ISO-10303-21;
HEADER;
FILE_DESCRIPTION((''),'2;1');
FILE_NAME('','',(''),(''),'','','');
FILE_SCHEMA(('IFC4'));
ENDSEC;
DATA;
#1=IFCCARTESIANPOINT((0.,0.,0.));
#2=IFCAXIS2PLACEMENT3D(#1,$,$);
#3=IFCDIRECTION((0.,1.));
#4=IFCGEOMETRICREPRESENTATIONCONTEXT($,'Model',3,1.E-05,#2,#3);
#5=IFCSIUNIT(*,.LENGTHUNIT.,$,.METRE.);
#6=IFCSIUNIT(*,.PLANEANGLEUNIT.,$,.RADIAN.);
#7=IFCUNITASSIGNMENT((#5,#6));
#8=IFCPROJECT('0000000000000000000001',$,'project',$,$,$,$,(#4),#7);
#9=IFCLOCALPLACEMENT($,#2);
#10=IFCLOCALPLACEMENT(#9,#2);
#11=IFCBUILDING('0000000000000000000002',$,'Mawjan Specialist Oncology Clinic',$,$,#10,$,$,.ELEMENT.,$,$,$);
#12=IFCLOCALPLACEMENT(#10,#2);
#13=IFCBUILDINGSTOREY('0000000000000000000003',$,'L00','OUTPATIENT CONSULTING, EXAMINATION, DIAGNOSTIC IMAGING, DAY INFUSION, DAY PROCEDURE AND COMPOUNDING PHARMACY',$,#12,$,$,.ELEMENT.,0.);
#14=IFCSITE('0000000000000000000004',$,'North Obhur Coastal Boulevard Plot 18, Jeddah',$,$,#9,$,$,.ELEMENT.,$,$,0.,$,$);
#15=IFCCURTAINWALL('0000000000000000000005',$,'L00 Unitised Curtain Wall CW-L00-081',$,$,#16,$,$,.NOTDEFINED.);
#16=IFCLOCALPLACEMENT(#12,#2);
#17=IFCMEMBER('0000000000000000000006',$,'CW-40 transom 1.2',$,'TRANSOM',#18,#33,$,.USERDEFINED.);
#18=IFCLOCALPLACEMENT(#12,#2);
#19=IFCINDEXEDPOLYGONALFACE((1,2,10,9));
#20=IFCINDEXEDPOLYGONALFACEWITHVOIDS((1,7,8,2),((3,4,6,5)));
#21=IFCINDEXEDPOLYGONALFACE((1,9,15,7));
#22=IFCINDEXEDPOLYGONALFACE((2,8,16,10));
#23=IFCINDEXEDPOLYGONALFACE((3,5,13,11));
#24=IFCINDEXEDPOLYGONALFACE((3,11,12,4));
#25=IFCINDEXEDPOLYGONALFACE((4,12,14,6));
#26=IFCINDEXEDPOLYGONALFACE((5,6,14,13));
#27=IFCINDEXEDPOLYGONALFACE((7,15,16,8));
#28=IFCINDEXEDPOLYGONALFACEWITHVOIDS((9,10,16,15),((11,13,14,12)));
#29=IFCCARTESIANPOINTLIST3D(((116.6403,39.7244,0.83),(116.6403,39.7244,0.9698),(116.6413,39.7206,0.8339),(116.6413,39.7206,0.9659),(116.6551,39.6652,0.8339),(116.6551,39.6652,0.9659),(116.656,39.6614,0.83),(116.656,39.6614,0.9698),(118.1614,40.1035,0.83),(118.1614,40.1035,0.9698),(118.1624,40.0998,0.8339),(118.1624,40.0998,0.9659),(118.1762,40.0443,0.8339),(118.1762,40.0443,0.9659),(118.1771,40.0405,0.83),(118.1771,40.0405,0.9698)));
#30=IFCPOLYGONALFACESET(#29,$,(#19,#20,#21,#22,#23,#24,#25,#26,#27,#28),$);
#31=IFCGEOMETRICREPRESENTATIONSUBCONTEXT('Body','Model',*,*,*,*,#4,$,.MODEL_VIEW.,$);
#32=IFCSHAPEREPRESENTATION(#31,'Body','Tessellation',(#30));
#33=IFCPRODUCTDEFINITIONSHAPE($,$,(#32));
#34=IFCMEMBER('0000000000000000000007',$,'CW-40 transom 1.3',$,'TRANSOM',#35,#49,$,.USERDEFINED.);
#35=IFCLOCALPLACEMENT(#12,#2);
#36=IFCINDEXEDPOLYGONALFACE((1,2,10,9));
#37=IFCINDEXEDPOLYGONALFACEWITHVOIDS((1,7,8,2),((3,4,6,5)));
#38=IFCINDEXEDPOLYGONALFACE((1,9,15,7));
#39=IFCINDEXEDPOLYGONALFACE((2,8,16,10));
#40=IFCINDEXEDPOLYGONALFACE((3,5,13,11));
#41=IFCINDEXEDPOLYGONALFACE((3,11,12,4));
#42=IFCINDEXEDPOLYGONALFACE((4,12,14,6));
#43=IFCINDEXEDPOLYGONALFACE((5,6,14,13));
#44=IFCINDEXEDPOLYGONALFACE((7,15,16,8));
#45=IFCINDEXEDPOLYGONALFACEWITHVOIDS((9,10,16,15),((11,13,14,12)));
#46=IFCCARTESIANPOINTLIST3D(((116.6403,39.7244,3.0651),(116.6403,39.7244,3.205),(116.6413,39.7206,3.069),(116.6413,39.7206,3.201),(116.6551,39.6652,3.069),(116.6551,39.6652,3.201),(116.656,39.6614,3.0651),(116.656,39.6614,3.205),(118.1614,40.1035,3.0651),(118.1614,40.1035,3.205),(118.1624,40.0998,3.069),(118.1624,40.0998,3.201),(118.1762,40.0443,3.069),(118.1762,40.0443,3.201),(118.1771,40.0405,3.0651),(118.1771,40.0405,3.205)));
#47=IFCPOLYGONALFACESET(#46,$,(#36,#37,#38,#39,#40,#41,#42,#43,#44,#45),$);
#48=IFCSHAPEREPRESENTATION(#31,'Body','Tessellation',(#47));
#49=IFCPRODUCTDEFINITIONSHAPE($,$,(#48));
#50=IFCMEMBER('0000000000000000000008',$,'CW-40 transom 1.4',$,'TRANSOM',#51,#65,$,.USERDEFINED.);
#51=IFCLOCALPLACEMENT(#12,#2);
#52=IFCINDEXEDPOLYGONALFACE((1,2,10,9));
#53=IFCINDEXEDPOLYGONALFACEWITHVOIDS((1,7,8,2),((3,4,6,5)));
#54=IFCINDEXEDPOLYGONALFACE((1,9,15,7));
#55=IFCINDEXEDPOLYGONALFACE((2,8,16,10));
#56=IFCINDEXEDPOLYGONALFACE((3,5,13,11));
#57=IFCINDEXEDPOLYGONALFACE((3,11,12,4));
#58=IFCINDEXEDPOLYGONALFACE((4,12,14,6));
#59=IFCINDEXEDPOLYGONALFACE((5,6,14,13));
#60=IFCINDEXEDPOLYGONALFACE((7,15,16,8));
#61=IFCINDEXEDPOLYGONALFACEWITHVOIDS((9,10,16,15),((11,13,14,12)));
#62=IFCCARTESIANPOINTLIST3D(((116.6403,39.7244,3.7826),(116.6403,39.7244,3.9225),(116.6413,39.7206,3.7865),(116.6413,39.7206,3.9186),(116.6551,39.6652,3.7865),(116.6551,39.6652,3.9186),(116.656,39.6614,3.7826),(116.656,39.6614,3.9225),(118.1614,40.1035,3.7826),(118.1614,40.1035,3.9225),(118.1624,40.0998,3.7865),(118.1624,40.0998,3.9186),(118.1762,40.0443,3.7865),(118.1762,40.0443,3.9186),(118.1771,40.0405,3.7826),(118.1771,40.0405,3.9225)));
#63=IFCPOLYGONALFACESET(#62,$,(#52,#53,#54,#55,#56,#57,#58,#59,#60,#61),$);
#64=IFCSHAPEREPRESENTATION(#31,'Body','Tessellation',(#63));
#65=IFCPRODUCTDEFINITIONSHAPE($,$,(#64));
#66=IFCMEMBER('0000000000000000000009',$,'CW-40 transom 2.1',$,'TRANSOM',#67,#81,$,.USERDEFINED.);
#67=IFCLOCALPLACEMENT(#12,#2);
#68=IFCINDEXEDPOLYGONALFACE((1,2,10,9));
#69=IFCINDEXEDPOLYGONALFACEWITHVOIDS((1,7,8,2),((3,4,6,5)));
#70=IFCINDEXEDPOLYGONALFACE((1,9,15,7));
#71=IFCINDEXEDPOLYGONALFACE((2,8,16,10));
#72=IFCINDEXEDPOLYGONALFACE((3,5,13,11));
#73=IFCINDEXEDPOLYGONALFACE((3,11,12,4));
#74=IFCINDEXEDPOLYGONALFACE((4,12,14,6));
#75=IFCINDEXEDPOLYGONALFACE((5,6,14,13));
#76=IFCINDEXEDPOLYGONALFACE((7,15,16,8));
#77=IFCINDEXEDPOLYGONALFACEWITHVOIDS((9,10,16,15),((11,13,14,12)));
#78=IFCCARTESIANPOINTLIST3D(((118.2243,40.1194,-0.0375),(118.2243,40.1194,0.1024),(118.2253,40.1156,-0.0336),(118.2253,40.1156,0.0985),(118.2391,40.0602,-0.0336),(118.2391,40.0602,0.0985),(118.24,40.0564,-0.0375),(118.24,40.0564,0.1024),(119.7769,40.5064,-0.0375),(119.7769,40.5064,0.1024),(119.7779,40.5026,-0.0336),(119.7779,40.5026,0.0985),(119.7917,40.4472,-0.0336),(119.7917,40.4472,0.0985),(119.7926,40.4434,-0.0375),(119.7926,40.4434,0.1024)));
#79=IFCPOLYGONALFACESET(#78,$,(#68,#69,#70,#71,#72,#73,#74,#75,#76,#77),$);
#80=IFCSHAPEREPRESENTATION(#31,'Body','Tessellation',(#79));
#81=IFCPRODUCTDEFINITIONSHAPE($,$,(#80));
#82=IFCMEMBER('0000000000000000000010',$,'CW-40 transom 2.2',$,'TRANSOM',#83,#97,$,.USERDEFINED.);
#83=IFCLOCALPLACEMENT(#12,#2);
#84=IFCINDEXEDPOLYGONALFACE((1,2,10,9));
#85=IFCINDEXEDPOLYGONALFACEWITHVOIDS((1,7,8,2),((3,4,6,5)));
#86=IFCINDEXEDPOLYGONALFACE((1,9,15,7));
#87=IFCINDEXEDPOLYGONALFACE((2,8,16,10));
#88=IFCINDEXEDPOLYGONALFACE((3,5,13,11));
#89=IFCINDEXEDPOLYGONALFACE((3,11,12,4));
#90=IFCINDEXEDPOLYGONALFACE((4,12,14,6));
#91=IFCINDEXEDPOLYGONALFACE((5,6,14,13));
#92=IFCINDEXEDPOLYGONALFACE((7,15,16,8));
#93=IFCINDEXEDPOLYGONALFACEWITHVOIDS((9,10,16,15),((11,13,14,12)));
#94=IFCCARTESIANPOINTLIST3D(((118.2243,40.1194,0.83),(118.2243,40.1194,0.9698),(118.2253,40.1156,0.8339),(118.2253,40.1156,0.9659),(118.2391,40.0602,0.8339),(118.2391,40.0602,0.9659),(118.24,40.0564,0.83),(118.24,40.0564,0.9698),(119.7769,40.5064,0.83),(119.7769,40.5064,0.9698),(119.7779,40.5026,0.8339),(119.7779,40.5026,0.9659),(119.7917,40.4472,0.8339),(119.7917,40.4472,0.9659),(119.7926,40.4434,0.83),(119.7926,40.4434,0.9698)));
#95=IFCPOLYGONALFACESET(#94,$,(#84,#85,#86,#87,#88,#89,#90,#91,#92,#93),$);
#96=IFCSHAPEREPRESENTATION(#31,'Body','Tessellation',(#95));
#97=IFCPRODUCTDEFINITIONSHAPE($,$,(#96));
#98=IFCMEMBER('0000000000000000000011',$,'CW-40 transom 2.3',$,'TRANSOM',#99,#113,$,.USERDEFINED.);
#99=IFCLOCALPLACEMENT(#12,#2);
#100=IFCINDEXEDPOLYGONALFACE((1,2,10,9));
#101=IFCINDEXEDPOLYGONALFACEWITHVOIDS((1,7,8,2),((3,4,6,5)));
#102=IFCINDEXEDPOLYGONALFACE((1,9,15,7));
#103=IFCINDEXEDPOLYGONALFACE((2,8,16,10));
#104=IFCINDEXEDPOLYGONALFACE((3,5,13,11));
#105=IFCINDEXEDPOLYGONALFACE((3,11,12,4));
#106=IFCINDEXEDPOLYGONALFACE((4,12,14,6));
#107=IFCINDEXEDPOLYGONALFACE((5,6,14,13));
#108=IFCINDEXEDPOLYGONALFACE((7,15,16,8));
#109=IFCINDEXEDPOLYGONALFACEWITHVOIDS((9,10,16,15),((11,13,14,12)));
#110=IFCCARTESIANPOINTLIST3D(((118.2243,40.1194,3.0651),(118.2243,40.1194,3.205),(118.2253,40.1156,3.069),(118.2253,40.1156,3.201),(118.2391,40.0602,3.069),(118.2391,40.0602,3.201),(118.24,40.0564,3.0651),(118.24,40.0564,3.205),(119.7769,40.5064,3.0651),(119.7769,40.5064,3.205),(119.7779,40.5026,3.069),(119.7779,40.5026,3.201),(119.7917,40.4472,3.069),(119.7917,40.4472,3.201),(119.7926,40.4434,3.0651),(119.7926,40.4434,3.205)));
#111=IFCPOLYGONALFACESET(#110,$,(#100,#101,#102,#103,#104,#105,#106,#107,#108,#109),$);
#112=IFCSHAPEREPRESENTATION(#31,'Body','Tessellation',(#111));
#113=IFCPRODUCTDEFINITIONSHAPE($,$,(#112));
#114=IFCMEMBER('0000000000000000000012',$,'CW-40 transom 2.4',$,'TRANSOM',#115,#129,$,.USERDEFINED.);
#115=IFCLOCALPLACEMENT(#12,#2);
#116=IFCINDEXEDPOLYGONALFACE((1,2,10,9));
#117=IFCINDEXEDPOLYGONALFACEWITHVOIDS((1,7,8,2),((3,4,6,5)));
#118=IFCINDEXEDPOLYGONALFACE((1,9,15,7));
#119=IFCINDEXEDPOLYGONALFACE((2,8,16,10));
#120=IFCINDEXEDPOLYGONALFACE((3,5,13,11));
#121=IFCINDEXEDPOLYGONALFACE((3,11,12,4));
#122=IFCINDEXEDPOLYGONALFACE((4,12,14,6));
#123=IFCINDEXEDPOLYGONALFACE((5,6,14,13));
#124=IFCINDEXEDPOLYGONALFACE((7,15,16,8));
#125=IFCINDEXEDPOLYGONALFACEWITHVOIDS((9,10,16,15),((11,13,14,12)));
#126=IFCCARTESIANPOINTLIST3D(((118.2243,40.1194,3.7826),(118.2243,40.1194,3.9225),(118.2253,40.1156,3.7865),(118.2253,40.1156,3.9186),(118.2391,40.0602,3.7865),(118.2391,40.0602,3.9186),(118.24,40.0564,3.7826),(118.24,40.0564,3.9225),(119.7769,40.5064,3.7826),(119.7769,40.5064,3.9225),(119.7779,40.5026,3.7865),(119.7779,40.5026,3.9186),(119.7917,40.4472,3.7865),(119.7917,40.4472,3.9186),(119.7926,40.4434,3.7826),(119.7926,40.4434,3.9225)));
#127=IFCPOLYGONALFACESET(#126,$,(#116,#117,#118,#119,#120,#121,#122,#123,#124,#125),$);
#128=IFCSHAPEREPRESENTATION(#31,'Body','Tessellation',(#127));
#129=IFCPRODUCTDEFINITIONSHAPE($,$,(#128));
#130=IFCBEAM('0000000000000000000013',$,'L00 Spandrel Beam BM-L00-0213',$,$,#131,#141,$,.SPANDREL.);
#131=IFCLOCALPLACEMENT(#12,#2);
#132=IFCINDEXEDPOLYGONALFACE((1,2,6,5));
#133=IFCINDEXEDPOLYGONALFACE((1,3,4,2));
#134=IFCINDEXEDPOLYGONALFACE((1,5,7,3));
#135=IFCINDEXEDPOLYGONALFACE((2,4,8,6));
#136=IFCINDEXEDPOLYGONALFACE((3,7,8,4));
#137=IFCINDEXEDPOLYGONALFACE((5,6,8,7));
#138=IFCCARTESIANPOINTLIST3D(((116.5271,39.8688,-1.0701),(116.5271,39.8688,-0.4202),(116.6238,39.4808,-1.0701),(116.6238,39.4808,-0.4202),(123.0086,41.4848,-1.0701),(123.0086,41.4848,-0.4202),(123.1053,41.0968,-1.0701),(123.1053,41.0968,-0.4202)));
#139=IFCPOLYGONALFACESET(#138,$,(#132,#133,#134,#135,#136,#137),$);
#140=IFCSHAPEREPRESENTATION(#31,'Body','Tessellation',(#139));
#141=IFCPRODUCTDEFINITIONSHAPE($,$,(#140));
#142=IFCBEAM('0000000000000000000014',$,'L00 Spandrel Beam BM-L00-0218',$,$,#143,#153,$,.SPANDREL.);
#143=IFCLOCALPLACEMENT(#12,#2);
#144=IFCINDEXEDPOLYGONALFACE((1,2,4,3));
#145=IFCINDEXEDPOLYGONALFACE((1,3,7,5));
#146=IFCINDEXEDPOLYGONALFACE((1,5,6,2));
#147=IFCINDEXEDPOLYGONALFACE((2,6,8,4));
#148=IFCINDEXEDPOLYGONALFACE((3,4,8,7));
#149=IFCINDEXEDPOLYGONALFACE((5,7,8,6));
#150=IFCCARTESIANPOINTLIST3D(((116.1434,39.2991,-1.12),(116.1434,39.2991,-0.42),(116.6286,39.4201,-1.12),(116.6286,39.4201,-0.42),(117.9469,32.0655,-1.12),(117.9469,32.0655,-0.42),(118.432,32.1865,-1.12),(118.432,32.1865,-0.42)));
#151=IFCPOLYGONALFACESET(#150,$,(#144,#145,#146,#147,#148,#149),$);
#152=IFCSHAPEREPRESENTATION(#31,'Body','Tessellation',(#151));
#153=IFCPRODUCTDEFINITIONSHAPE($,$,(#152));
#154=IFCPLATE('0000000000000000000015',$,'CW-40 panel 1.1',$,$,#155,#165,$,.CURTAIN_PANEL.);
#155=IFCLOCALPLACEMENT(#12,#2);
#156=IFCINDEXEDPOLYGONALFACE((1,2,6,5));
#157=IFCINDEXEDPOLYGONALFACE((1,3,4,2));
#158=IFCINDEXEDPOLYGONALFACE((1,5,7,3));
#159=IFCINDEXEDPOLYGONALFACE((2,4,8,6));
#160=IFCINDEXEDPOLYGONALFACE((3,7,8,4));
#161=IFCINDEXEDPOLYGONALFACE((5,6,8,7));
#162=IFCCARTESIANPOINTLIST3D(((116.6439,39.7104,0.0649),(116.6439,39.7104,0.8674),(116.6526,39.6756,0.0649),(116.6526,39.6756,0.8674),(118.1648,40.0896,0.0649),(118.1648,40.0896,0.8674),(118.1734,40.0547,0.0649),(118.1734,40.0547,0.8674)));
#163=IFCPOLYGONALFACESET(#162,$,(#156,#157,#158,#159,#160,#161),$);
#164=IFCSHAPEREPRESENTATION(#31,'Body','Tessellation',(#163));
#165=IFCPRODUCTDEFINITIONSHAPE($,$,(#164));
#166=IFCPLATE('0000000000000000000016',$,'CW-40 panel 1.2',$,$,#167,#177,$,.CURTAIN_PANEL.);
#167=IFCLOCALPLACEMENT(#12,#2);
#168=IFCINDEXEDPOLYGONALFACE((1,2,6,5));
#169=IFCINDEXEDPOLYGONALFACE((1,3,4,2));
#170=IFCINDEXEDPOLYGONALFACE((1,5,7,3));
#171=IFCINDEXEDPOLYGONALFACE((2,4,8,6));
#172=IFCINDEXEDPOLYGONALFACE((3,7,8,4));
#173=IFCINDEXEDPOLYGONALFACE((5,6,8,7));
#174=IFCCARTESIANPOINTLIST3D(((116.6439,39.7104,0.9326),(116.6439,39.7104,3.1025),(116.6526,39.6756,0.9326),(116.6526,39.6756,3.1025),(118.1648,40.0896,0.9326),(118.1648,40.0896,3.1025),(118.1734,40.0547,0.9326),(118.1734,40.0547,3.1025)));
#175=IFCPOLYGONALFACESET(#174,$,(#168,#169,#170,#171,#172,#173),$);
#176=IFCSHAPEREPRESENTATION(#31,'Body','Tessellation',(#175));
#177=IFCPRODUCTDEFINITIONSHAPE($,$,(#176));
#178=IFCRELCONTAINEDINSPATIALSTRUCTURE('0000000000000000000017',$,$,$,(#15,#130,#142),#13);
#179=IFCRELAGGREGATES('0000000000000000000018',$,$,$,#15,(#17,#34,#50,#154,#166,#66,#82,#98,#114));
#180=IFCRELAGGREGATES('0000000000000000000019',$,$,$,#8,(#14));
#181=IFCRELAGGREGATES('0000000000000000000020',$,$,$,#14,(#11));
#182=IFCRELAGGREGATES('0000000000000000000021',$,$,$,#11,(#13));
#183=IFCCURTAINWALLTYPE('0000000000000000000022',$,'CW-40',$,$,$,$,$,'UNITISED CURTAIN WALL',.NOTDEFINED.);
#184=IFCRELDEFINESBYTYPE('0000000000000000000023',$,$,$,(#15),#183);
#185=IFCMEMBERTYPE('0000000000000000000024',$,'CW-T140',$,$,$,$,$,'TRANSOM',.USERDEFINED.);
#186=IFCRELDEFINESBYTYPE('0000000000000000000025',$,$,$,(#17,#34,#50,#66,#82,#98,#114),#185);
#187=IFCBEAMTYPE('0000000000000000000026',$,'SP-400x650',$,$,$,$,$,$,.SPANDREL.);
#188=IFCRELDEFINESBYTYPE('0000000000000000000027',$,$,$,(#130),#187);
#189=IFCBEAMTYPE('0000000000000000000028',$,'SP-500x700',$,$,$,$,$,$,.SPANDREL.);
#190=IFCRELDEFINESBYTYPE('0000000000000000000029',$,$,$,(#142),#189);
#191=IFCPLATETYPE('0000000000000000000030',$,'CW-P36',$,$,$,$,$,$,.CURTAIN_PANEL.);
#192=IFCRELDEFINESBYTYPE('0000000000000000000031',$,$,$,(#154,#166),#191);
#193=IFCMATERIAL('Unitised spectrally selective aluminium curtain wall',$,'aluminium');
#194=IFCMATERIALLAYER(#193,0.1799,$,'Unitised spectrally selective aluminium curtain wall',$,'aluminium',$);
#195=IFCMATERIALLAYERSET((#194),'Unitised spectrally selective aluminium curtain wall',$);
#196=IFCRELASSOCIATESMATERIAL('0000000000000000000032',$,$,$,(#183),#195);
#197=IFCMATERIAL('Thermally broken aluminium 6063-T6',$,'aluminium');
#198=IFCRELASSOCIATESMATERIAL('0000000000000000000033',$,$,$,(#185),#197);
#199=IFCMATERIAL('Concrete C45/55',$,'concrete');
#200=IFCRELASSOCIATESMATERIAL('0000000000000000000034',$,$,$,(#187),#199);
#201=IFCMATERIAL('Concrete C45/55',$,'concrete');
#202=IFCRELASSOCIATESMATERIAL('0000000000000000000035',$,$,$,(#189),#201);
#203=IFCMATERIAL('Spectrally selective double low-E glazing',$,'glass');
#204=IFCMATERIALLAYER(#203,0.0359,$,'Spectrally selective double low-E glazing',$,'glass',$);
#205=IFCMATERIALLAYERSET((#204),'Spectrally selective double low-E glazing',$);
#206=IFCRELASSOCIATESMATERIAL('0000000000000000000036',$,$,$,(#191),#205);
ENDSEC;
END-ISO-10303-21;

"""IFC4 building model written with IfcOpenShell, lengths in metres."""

from ifc_helpers import new_model, si_unit, direction, frame, origin, origin_2d, place, context, subcontext, project, spatial, rectangle, hollow_rectangle, extrude, material, layer, layer_set, material_profile, profile_set, type_object, element, aggregate, save


model = new_model("IFC4")

# Units and contexts
model_context = context("Model", 3, precision=1e-05, world=origin(), true_north=direction((0.0, 1.0)))
body_context = subcontext(model_context, "Body", "Model", "MODEL_VIEW")
ifc_project = project(units=[si_unit("LENGTHUNIT", "METRE"), si_unit("PLANEANGLEUNIT", "RADIAN")], contexts=[model_context])

# Site, building, storey
site_placement = place(None, origin())
site = spatial("IfcSite", under=ifc_project, at=site_placement, Name="North Obhur Coastal Boulevard Plot 18, Jeddah", CompositionType="ELEMENT", RefElevation=0.0)
building_placement = place(site_placement, origin())
building = spatial("IfcBuilding", under=site, at=building_placement, Name="Mawjan Specialist Oncology Clinic", CompositionType="ELEMENT")
storey_placement = place(building_placement, origin())
storey = spatial("IfcBuildingStorey", under=building, at=storey_placement, Name="L00", Description="OUTPATIENT CONSULTING, EXAMINATION, DIAGNOSTIC IMAGING, DAY INFUSION, DAY PROCEDURE AND COMPOUNDING PHARMACY", CompositionType="ELEMENT", Elevation=0.0)

# Curtain wall, members
ifc_material_1 = material(Name="Unitised spectrally selective aluminium curtain wall", Category="aluminium")
ifc_layer_1 = layer(ifc_material_1, 0.1799, Name="Unitised spectrally selective aluminium curtain wall", Category="aluminium")
ifc_layer_set_1 = layer_set([ifc_layer_1], Name="Unitised spectrally selective aluminium curtain wall")
curtain_wall_type_1 = type_object("IfcCurtainWallType", Name="CW-40", ElementType="UNITISED CURTAIN WALL", PredefinedType="NOTDEFINED", material=ifc_layer_set_1)
curtain_wall_1_placement = place(storey_placement, origin())
curtain_wall_1 = element("IfcCurtainWall", 1, at=curtain_wall_1_placement, inside=storey, type_object=curtain_wall_type_1, Name="L00 Unitised Curtain Wall CW-L00-081", PredefinedType="NOTDEFINED")
ifc_material_2 = material(Name="Thermally broken aluminium 6063-T6", Category="aluminium")
ifc_material_profile_1 = material_profile(ifc_material_2, hollow_rectangle(XDim=0.0649, YDim=0.1399, WallThickness=0.0039, at=origin_2d()), Name="ALU TRANSOM 140x65x4", Category="aluminium")
ifc_profile_set_1 = profile_set([ifc_material_profile_1], Name="Thermally broken aluminium 6063-T6")
member_type_1 = type_object("IfcMemberType", Name="CW-T140", ElementType="TRANSOM", PredefinedType="USERDEFINED", material=ifc_profile_set_1)
member_1_placement = place(storey_placement, frame((116.6482, 39.6929, 0.8999), z_axis=(0.970307, 0.241876, 0.0), x_axis=(-0.241876, 0.970307, 0.0)))
member_1 = element("IfcMember", 2, at=member_1_placement, type_object=member_type_1, Name="CW-40 transom 1.2", ObjectType="TRANSOM", PredefinedType="USERDEFINED", context=body_context, shape_type="SweptSolid", body=[
    extrude(hollow_rectangle(XDim=0.0649, YDim=0.1399, WallThickness=0.0039, at=origin_2d()), origin(), (0.0, 0.0, 1.0), 1.5676),
])
member_2_placement = place(storey_placement, frame((116.6482, 39.6929, 3.135), z_axis=(0.970307, 0.241876, 0.0), x_axis=(-0.241876, 0.970307, 0.0)))
member_2 = element("IfcMember", 3, at=member_2_placement, type_object=member_type_1, Name="CW-40 transom 1.3", ObjectType="TRANSOM", PredefinedType="USERDEFINED", context=body_context, shape_type="SweptSolid", body=[
    extrude(hollow_rectangle(XDim=0.0649, YDim=0.1399, WallThickness=0.0039, at=origin_2d()), origin(), (0.0, 0.0, 1.0), 1.5676),
])
member_3_placement = place(storey_placement, frame((116.6482, 39.6929, 3.8525), z_axis=(0.970307, 0.241876, 0.0), x_axis=(-0.241876, 0.970307, 0.0)))
member_3 = element("IfcMember", 4, at=member_3_placement, type_object=member_type_1, Name="CW-40 transom 1.4", ObjectType="TRANSOM", PredefinedType="USERDEFINED", context=body_context, shape_type="SweptSolid", body=[
    extrude(hollow_rectangle(XDim=0.0649, YDim=0.1399, WallThickness=0.0039, at=origin_2d()), origin(), (0.0, 0.0, 1.0), 1.5676),
])
member_4_placement = place(storey_placement, frame((118.2322, 40.0879, 0.0325), z_axis=(0.970313, 0.241853, 0.0), x_axis=(-0.241853, 0.970313, 0.0)))
member_4 = element("IfcMember", 5, at=member_4_placement, type_object=member_type_1, Name="CW-40 transom 2.1", ObjectType="TRANSOM", PredefinedType="USERDEFINED", context=body_context, shape_type="SweptSolid", body=[
    extrude(hollow_rectangle(XDim=0.0649, YDim=0.1399, WallThickness=0.0039, at=origin_2d()), origin(), (0.0, 0.0, 1.0), 1.6001),
])
member_5_placement = place(storey_placement, frame((118.2322, 40.0879, 0.8999), z_axis=(0.970313, 0.241853, 0.0), x_axis=(-0.241853, 0.970313, 0.0)))
member_5 = element("IfcMember", 6, at=member_5_placement, type_object=member_type_1, Name="CW-40 transom 2.2", ObjectType="TRANSOM", PredefinedType="USERDEFINED", context=body_context, shape_type="SweptSolid", body=[
    extrude(hollow_rectangle(XDim=0.0649, YDim=0.1399, WallThickness=0.0039, at=origin_2d()), origin(), (0.0, 0.0, 1.0), 1.6001),
])
member_6_placement = place(storey_placement, frame((118.2322, 40.0879, 3.135), z_axis=(0.970313, 0.241853, 0.0), x_axis=(-0.241853, 0.970313, 0.0)))
member_6 = element("IfcMember", 7, at=member_6_placement, type_object=member_type_1, Name="CW-40 transom 2.3", ObjectType="TRANSOM", PredefinedType="USERDEFINED", context=body_context, shape_type="SweptSolid", body=[
    extrude(hollow_rectangle(XDim=0.0649, YDim=0.1399, WallThickness=0.0039, at=origin_2d()), origin(), (0.0, 0.0, 1.0), 1.6001),
])
member_7_placement = place(storey_placement, frame((118.2322, 40.0879, 3.8525), z_axis=(0.970313, 0.241853, 0.0), x_axis=(-0.241853, 0.970313, 0.0)))
member_7 = element("IfcMember", 8, at=member_7_placement, type_object=member_type_1, Name="CW-40 transom 2.4", ObjectType="TRANSOM", PredefinedType="USERDEFINED", context=body_context, shape_type="SweptSolid", body=[
    extrude(hollow_rectangle(XDim=0.0649, YDim=0.1399, WallThickness=0.0039, at=origin_2d()), origin(), (0.0, 0.0, 1.0), 1.6001),
])

# Beams
ifc_material_3 = material(Name="Concrete C45/55", Category="concrete")
ifc_material_profile_2 = material_profile(ifc_material_3, rectangle(XDim=0.3999, YDim=0.6499, at=origin_2d()), Name="RC BM 400x650", Category="concrete")
ifc_profile_set_2 = profile_set([ifc_material_profile_2], Name="Concrete C45/55")
beam_type_1 = type_object("IfcBeamType", Name="SP-400x650", PredefinedType="SPANDREL", material=ifc_profile_set_2)
beam_1_placement = place(storey_placement, frame((116.5754, 39.6748, -0.7451), z_axis=(0.970297, 0.241916, 0.0), x_axis=(-0.241916, 0.970297, 0.0)))
element("IfcBeam", 9, at=beam_1_placement, inside=storey, type_object=beam_type_1, Name="L00 Spandrel Beam BM-L00-0213", PredefinedType="SPANDREL", context=body_context, shape_type="SweptSolid", body=[
    extrude(rectangle(XDim=0.3999, YDim=0.6499, at=origin_2d()), origin(), (0.0, 0.0, 1.0), 6.6799),
])
ifc_material_4 = material(Name="Concrete C45/55", Category="concrete")
ifc_material_profile_3 = material_profile(ifc_material_4, rectangle(XDim=0.5, YDim=0.7, at=origin_2d()), Name="RC BM 500x700", Category="concrete")
ifc_profile_set_3 = profile_set([ifc_material_profile_3], Name="Concrete C45/55")
beam_type_2 = type_object("IfcBeamType", Name="SP-500x700", PredefinedType="SPANDREL", material=ifc_profile_set_3)
beam_2_placement = place(storey_placement, frame((118.1895, 32.126, -0.77), z_axis=(-0.241911, 0.970298, 0.0), x_axis=(-0.970298, -0.241911, 0.0)))
element("IfcBeam", 10, at=beam_2_placement, inside=storey, type_object=beam_type_2, Name="L00 Spandrel Beam BM-L00-0218", PredefinedType="SPANDREL", context=body_context, shape_type="SweptSolid", body=[
    extrude(rectangle(XDim=0.5, YDim=0.7, at=origin_2d()), origin(), (0.0, 0.0, 1.0), 7.4551),
])

# Plates
ifc_material_5 = material(Name="Spectrally selective double low-E glazing", Category="glass")
ifc_layer_2 = layer(ifc_material_5, 0.0359, Name="Spectrally selective double low-E glazing", Category="glass")
ifc_layer_set_2 = layer_set([ifc_layer_2], Name="Spectrally selective double low-E glazing")
plate_type = type_object("IfcPlateType", Name="CW-P36", PredefinedType="CURTAIN_PANEL", material=ifc_layer_set_2)
plate_1_placement = place(storey_placement, frame((117.4087, 39.8826, 0.0649), z_axis=(0.0, 0.0, 1.0), x_axis=(0.970296, 0.241922, 0.0)))
plate_1 = element("IfcPlate", 11, at=plate_1_placement, type_object=plate_type, Name="CW-40 panel 1.1", PredefinedType="CURTAIN_PANEL", context=body_context, shape_type="SweptSolid", body=[
    extrude(rectangle(XDim=1.5674, YDim=0.0359, at=origin_2d()), origin(), (0.0, 0.0, 1.0), 0.8025),
])
plate_2_placement = place(storey_placement, frame((117.4087, 39.8826, 0.9326), z_axis=(0.0, 0.0, 1.0), x_axis=(0.970296, 0.241922, 0.0)))
plate_2 = element("IfcPlate", 12, at=plate_2_placement, type_object=plate_type, Name="CW-40 panel 1.2", PredefinedType="CURTAIN_PANEL", context=body_context, shape_type="SweptSolid", body=[
    extrude(rectangle(XDim=1.5674, YDim=0.0359, at=origin_2d()), origin(), (0.0, 0.0, 1.0), 2.1699),
])
aggregate(curtain_wall_1, [member_1, member_2, member_3, plate_1, plate_2, member_4, member_5, member_6, member_7])

save(model, "model.ifc")
